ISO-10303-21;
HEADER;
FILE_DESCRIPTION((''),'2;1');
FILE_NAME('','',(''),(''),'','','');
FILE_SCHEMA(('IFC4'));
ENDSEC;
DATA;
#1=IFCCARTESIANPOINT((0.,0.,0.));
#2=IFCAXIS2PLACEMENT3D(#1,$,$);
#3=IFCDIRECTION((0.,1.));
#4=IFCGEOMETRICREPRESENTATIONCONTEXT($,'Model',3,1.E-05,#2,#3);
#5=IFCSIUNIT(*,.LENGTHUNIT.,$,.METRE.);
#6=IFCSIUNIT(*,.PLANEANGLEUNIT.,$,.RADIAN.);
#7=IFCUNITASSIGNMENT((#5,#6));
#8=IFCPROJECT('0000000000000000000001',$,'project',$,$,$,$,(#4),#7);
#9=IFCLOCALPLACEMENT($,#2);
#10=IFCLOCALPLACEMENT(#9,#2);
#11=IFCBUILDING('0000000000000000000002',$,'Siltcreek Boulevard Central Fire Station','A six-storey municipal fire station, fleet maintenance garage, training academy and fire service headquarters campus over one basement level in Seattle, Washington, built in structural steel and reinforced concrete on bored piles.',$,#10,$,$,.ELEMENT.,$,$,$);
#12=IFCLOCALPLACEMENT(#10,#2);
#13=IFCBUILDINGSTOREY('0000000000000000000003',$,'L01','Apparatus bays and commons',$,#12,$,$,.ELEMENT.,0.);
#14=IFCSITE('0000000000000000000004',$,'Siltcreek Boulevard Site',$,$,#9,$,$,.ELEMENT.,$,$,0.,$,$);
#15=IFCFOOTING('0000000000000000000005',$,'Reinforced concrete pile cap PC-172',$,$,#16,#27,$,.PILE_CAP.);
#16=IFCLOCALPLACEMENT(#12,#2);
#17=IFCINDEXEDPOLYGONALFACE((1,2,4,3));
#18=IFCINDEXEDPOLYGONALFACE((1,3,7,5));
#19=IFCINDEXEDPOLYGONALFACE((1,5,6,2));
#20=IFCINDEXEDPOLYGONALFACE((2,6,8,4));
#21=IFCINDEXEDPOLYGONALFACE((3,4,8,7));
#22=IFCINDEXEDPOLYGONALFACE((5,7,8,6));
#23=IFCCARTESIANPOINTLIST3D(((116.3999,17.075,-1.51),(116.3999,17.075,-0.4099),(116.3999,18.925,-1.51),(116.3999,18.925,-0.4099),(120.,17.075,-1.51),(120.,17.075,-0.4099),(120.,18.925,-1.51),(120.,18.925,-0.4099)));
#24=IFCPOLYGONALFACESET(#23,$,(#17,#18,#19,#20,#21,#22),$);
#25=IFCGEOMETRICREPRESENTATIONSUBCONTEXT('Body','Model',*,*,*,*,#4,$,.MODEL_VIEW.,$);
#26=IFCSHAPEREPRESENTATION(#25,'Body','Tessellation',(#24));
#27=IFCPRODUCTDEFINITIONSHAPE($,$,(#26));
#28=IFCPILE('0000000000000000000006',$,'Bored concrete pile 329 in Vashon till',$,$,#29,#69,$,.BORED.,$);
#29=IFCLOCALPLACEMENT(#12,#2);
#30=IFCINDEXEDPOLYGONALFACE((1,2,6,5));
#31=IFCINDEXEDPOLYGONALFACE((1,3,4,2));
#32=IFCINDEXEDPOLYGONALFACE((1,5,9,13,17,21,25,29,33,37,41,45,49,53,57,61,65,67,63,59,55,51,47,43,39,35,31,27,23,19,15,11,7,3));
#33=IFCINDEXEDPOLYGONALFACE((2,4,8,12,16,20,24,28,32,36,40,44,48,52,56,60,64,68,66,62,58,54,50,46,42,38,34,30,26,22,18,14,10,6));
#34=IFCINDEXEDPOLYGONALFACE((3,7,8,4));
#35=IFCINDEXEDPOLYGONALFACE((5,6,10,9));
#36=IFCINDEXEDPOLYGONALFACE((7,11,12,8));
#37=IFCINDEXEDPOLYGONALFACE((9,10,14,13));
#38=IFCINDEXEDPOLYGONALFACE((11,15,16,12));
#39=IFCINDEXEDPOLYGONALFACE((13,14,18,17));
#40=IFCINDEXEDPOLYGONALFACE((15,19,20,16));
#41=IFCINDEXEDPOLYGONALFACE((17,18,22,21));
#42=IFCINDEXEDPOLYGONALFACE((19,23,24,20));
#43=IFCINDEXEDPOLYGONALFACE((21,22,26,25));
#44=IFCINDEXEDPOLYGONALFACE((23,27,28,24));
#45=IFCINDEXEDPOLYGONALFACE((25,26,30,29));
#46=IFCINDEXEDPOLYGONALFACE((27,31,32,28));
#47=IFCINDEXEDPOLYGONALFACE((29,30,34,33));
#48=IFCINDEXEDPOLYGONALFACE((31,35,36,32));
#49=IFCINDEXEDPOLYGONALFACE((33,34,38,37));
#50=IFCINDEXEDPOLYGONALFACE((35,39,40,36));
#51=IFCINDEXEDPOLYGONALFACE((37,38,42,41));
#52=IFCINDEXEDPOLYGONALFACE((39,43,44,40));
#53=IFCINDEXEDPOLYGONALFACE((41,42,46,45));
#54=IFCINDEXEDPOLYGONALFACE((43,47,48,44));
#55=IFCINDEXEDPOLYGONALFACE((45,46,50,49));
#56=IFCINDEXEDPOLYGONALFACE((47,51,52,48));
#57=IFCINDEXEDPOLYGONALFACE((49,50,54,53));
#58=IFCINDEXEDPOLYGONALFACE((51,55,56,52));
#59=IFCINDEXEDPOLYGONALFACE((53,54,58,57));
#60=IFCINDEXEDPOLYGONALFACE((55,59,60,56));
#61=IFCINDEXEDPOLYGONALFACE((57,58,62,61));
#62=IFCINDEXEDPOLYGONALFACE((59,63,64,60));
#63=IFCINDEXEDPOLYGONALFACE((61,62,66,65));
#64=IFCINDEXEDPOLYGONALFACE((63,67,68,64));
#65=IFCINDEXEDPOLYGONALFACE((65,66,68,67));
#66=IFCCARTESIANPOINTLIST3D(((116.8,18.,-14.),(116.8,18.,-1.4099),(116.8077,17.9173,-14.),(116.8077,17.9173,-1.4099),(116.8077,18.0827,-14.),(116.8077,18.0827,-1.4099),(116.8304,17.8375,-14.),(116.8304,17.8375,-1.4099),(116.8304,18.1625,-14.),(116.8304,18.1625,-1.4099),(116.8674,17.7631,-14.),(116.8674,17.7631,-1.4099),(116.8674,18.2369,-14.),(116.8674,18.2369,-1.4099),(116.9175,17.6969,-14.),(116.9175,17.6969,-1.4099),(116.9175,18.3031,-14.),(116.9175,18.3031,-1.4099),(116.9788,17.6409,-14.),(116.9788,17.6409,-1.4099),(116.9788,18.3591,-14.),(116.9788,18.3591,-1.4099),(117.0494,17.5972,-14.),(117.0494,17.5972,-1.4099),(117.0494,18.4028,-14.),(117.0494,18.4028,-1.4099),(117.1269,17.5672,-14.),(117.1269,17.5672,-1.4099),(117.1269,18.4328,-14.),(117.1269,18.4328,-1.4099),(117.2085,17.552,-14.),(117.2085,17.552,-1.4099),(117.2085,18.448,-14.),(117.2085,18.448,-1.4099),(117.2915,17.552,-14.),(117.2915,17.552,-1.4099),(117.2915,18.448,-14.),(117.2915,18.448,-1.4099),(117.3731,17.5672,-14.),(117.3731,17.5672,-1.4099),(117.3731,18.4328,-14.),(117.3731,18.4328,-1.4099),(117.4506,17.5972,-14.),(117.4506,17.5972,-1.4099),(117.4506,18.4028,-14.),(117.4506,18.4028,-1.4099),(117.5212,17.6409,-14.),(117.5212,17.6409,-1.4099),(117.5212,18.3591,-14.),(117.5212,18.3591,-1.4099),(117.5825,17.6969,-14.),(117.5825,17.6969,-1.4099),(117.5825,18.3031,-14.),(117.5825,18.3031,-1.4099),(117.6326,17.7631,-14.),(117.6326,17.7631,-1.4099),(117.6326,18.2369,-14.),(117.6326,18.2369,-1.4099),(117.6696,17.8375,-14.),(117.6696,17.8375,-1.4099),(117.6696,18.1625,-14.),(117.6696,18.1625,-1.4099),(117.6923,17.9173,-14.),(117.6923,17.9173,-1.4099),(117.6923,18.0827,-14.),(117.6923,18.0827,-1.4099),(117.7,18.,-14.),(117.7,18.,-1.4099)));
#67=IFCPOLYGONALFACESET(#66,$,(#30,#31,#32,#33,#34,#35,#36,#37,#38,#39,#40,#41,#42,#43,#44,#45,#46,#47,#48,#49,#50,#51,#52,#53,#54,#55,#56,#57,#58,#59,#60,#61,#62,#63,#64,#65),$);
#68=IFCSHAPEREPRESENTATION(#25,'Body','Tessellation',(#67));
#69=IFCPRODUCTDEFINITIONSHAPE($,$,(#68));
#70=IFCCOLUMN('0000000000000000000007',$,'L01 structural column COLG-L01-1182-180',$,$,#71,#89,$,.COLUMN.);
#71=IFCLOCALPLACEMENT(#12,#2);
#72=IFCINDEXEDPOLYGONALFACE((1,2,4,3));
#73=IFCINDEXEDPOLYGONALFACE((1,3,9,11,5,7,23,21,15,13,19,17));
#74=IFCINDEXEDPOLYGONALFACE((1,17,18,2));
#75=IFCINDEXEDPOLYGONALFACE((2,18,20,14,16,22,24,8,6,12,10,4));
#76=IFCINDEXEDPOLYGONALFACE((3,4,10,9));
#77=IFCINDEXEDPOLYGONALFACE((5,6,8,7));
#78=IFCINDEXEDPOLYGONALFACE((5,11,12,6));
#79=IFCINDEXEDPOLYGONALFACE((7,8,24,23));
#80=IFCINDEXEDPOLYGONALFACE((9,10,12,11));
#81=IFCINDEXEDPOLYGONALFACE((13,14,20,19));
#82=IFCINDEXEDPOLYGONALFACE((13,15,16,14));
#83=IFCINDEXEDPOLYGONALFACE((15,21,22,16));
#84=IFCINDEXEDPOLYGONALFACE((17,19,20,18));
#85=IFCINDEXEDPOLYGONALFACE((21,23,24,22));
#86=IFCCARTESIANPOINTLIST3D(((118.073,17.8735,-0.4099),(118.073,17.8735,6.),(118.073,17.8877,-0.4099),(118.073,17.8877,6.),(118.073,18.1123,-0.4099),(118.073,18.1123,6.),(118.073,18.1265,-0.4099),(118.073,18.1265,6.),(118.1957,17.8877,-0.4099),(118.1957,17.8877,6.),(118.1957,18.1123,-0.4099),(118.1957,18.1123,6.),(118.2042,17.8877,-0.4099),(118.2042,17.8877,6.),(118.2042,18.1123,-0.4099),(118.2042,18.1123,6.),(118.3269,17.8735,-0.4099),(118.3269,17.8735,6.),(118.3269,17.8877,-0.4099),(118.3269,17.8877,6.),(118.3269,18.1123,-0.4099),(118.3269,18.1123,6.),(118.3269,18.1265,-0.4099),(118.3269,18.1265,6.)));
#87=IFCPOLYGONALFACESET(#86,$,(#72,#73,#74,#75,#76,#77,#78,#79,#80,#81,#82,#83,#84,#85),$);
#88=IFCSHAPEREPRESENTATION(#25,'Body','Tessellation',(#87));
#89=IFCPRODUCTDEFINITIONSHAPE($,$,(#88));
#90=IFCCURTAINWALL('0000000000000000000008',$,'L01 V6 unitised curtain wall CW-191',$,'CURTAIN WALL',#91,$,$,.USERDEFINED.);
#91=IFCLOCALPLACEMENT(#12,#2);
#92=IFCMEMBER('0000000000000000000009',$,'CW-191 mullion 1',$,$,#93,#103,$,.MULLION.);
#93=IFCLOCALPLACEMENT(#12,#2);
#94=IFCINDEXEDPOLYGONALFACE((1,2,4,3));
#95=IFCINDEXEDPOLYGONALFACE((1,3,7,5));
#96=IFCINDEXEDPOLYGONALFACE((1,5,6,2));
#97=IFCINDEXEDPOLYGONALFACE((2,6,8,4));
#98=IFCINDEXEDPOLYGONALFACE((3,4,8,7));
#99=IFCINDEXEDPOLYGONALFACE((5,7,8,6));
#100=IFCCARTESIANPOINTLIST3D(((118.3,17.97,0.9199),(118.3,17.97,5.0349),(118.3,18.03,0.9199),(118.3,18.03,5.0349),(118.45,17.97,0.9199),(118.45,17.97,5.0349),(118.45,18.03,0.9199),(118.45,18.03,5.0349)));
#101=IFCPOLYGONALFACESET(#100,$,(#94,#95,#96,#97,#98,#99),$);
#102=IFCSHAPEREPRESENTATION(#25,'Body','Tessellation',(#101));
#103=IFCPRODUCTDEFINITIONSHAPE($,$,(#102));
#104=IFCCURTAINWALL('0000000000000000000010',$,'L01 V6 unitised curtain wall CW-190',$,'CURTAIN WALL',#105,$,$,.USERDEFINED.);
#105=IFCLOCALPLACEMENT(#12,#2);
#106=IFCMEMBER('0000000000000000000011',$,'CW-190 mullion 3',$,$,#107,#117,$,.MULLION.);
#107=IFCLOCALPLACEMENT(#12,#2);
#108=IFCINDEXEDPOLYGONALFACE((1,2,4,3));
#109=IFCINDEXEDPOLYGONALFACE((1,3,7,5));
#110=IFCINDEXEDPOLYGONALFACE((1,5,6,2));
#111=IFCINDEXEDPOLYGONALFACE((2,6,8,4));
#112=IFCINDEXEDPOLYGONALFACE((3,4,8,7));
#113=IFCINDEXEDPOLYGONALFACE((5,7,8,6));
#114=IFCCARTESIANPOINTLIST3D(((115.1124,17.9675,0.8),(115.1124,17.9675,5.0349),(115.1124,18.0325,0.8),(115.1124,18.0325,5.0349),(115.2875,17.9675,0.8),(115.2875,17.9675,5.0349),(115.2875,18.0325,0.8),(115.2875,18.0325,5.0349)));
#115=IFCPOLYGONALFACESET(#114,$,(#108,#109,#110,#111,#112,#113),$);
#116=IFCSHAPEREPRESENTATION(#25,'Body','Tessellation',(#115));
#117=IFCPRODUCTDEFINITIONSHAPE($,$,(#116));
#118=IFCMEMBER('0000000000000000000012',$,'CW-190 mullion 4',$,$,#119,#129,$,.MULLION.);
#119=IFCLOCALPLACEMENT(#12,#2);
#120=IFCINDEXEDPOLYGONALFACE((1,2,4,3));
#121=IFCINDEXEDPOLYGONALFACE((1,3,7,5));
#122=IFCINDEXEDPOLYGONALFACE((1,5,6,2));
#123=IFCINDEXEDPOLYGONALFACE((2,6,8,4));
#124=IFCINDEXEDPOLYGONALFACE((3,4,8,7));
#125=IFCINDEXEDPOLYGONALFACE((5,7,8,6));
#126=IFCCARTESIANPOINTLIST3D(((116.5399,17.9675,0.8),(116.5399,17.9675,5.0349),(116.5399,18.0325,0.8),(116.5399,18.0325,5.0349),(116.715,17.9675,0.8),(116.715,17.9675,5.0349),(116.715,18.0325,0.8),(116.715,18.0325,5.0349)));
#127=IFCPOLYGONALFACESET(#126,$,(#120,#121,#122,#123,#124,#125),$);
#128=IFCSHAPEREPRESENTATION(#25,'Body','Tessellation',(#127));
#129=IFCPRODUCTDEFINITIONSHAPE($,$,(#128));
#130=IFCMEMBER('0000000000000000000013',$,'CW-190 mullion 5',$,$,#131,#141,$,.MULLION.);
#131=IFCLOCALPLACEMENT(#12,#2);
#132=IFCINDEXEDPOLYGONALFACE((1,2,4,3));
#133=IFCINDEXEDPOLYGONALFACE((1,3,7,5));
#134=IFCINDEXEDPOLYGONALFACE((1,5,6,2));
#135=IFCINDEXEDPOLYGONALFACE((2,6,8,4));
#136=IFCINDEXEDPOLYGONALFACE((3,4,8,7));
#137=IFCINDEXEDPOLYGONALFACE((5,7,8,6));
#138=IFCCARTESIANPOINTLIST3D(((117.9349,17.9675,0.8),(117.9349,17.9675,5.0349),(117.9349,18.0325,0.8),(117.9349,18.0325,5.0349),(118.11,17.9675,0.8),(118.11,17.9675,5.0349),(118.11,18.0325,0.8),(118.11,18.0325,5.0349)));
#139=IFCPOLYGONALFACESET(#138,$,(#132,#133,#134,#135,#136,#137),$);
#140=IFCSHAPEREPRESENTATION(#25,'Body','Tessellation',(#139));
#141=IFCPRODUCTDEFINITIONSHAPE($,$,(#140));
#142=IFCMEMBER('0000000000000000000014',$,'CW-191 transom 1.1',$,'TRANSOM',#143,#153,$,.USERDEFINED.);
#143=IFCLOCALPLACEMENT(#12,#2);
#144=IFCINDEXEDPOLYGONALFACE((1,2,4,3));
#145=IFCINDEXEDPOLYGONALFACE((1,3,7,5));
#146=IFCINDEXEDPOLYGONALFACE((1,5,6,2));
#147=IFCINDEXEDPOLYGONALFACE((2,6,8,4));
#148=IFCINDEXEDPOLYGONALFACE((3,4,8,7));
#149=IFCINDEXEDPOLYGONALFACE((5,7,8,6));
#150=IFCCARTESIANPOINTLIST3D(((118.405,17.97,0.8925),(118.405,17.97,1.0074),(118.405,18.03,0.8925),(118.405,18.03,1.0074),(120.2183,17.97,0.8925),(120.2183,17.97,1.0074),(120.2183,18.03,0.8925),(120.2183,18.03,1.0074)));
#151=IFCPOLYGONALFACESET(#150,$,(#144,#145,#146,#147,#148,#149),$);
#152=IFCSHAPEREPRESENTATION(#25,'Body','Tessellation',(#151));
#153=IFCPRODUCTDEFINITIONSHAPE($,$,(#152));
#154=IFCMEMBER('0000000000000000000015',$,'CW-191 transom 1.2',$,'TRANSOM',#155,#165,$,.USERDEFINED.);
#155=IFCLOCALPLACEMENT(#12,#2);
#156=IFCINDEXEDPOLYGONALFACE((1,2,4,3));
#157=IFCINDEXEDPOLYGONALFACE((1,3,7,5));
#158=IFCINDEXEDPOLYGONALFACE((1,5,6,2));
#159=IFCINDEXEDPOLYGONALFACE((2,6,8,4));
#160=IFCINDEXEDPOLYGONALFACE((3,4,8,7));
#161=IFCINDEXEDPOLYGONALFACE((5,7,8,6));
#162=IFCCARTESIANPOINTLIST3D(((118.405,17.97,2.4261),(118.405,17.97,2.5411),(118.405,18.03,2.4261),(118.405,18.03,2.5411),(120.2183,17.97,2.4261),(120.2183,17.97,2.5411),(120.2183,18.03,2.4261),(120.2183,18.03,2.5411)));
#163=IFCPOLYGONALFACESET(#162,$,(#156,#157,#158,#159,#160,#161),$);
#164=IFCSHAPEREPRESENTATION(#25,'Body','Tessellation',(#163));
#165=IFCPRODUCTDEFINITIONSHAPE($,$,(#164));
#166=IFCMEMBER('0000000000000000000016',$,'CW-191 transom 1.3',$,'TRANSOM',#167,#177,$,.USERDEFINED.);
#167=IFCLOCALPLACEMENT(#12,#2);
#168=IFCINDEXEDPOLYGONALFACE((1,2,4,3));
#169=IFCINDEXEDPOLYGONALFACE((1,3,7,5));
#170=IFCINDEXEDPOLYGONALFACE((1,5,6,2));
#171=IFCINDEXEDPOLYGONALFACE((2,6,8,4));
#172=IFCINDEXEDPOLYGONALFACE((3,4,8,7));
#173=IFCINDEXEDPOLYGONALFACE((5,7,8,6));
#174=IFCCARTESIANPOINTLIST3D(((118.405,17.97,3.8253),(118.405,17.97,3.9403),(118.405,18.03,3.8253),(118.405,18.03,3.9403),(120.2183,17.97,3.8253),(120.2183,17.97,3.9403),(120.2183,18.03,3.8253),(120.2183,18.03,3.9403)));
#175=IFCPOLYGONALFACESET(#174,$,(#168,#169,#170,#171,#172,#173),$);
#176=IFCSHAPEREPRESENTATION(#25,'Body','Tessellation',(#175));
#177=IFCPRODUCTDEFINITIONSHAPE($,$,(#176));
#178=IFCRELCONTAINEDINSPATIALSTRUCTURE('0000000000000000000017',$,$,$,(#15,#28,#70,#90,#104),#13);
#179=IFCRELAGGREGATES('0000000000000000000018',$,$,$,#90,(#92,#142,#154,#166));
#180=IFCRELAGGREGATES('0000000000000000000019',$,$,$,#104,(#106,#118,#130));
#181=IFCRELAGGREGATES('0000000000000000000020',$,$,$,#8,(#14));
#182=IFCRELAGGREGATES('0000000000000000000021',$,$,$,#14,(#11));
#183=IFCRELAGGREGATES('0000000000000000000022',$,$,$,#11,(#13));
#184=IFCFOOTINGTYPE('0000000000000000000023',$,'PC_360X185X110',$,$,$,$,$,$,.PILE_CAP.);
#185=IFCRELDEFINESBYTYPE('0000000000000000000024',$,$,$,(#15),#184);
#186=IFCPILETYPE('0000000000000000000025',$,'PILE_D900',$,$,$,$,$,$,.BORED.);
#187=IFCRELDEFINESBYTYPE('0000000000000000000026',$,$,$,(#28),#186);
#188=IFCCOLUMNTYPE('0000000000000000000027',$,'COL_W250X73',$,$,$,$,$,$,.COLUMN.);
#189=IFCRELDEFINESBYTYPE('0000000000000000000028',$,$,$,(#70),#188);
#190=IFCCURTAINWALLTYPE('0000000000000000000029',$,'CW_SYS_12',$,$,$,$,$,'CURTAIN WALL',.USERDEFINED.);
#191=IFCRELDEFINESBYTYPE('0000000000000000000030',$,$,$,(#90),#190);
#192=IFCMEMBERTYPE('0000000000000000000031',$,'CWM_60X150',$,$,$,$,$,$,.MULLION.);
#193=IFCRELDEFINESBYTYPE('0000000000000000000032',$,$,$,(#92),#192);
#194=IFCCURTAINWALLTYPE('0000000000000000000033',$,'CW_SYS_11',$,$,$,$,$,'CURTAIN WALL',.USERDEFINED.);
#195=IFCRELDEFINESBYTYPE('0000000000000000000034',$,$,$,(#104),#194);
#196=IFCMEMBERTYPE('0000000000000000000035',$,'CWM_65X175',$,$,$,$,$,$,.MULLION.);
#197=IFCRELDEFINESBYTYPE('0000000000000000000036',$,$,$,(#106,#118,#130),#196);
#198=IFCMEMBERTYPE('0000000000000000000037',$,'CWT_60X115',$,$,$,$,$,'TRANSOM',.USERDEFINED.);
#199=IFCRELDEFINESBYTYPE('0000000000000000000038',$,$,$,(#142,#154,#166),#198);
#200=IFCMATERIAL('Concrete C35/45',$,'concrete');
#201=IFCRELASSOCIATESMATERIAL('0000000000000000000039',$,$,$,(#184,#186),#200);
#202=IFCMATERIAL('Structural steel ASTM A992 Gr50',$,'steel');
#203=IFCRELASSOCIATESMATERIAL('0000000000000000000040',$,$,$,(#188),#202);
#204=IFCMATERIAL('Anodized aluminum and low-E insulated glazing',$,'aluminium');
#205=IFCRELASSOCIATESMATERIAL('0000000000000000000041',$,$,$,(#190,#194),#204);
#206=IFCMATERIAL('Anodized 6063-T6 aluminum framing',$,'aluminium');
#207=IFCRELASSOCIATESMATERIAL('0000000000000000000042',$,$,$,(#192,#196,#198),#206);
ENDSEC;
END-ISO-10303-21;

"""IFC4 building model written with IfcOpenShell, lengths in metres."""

from ifc_helpers import new_model, si_unit, direction, frame, origin, origin_2d, place, context, subcontext, project, spatial, rectangle, circle, i_section, extrude, material, material_profile, profile_set, type_object, element, aggregate, save


model = new_model("IFC4")

# Units and contexts
model_context = context("Model", 3, precision=1e-05, world=origin(), true_north=direction((0.0, 1.0)))
body_context = subcontext(model_context, "Body", "Model", "MODEL_VIEW")
ifc_project = project(units=[si_unit("LENGTHUNIT", "METRE"), si_unit("PLANEANGLEUNIT", "RADIAN")], contexts=[model_context])

# Site, building, storey
site_placement = place(None, origin())
site = spatial("IfcSite", under=ifc_project, at=site_placement, Name="Siltcreek Boulevard Site", CompositionType="ELEMENT", RefElevation=0.0)
building_placement = place(site_placement, origin())
building = spatial("IfcBuilding", under=site, at=building_placement, Name="Siltcreek Boulevard Central Fire Station", Description="A six-storey municipal fire station, fleet maintenance garage, training academy and fire service headquarters campus over one basement level in Seattle, Washington, built in structural steel and reinforced concrete on bored piles.", CompositionType="ELEMENT")
storey_placement = place(building_placement, origin())
storey = spatial("IfcBuildingStorey", under=building, at=storey_placement, Name="L01", Description="Apparatus bays and commons", CompositionType="ELEMENT", Elevation=0.0)

# Footing
ifc_material_1 = material(Name="Concrete C35/45", Category="concrete")
footing_type = type_object("IfcFootingType", Name="PC_360X185X110", PredefinedType="PILE_CAP", material=ifc_material_1)
footing_placement = place(storey_placement, frame((118.2, 18.0, -1.51), z_axis=(0.0, 0.0, 1.0), x_axis=(1.0, 0.0, 0.0)))
element("IfcFooting", 1, at=footing_placement, inside=storey, type_object=footing_type, Name="Reinforced concrete pile cap PC-172", PredefinedType="PILE_CAP", context=body_context, shape_type="SweptSolid", body=[
    extrude(rectangle(XDim=3.6001, YDim=1.8501, at=origin_2d()), origin(), (0.0, 0.0, 1.0), 1.1001),
])

# Pile
ifc_material_profile_1 = material_profile(ifc_material_1, circle(Radius=0.45, at=origin_2d()), Name="SHAFT900")
ifc_profile_set_1 = profile_set([ifc_material_profile_1], Name="Concrete C35/45")
pile_type = type_object("IfcPileType", Name="PILE_D900", PredefinedType="BORED", material=ifc_profile_set_1)
pile_placement = place(storey_placement, frame((117.25, 18.0, -1.4099), z_axis=(0.0, 0.0, -1.0), x_axis=(1.0, 0.0, 0.0)))
element("IfcPile", 2, at=pile_placement, inside=storey, type_object=pile_type, Name="Bored concrete pile 329 in Vashon till", PredefinedType="BORED", context=body_context, shape_type="SweptSolid", body=[
    extrude(circle(Radius=0.45, at=origin_2d()), origin(), (0.0, 0.0, 1.0), 12.5901),
])

# Column
ifc_material_2 = material(Name="Structural steel ASTM A992 Gr50", Category="steel")
ifc_material_profile_2 = material_profile(ifc_material_2, i_section(OverallWidth=0.2539, OverallDepth=0.2529, WebThickness=0.0085, FlangeThickness=0.0142, at=origin_2d()), Name="W250X73")
ifc_profile_set_2 = profile_set([ifc_material_profile_2], Name="Structural steel ASTM A992 Gr50")
column_type = type_object("IfcColumnType", Name="COL_W250X73", PredefinedType="COLUMN", material=ifc_profile_set_2)
column_placement = place(storey_placement, frame((118.2, 18.0, -0.4099), z_axis=(0.0, 0.0, 1.0), x_axis=(1.0, 0.0, 0.0)))
element("IfcColumn", 3, at=column_placement, inside=storey, type_object=column_type, Name="L01 structural column COLG-L01-1182-180", PredefinedType="COLUMN", context=body_context, shape_type="SweptSolid", body=[
    extrude(i_section(OverallWidth=0.2539, OverallDepth=0.2529, WebThickness=0.0085, FlangeThickness=0.0142, at=origin_2d()), origin(), (0.0, 0.0, 1.0), 6.4099),
])

# Curtain wall, member
ifc_material_3 = material(Name="Anodized aluminum and low-E insulated glazing", Category="aluminium")
curtain_wall_type_1 = type_object("IfcCurtainWallType", Name="CW_SYS_12", ElementType="CURTAIN WALL", PredefinedType="USERDEFINED", material=ifc_material_3)
curtain_wall_1_placement = place(storey_placement, origin())
curtain_wall_1 = element("IfcCurtainWall", 4, at=curtain_wall_1_placement, inside=storey, type_object=curtain_wall_type_1, Name="L01 V6 unitised curtain wall CW-191", ObjectType="CURTAIN WALL", PredefinedType="USERDEFINED")
ifc_material_4 = material(Name="Anodized 6063-T6 aluminum framing", Category="aluminium")
ifc_material_profile_3 = material_profile(ifc_material_4, rectangle(XDim=0.0601, YDim=0.1499, at=origin_2d()), Name="MULL60X150")
ifc_profile_set_3 = profile_set([ifc_material_profile_3], Name="Anodized 6063-T6 aluminum framing")
member_type_1 = type_object("IfcMemberType", Name="CWM_60X150", PredefinedType="MULLION", material=ifc_profile_set_3)
member_1_placement = place(storey_placement, frame((118.375, 18.0, 0.9199), z_axis=(0.0, 0.0, 1.0), x_axis=(0.0, 1.0, 0.0)))
member_1 = element("IfcMember", 5, at=member_1_placement, type_object=member_type_1, Name="CW-191 mullion 1", PredefinedType="MULLION", context=body_context, shape_type="SweptSolid", body=[
    extrude(rectangle(XDim=0.0601, YDim=0.1499, at=origin_2d()), origin(), (0.0, 0.0, 1.0), 4.115),
])

# Curtain wall, members
curtain_wall_type_2 = type_object("IfcCurtainWallType", Name="CW_SYS_11", ElementType="CURTAIN WALL", PredefinedType="USERDEFINED", material=ifc_material_3)
curtain_wall_2_placement = place(storey_placement, origin())
curtain_wall_2 = element("IfcCurtainWall", 6, at=curtain_wall_2_placement, inside=storey, type_object=curtain_wall_type_2, Name="L01 V6 unitised curtain wall CW-190", ObjectType="CURTAIN WALL", PredefinedType="USERDEFINED")
ifc_material_profile_4 = material_profile(ifc_material_4, rectangle(XDim=0.0649, YDim=0.175, at=origin_2d()), Name="MULL65X175")
ifc_profile_set_4 = profile_set([ifc_material_profile_4], Name="Anodized 6063-T6 aluminum framing")
member_type_2 = type_object("IfcMemberType", Name="CWM_65X175", PredefinedType="MULLION", material=ifc_profile_set_4)
member_2_placement = place(storey_placement, frame((115.2, 18.0, 0.8), z_axis=(0.0, 0.0, 1.0), x_axis=(0.0, 1.0, 0.0)))
member_2 = element("IfcMember", 7, at=member_2_placement, type_object=member_type_2, Name="CW-190 mullion 3", PredefinedType="MULLION", context=body_context, shape_type="SweptSolid", body=[
    extrude(rectangle(XDim=0.0649, YDim=0.175, at=origin_2d()), origin(), (0.0, 0.0, 1.0), 4.2349),
])
member_3_placement = place(storey_placement, frame((116.6274, 18.0, 0.8), z_axis=(0.0, 0.0, 1.0), x_axis=(0.0, 1.0, 0.0)))
member_3 = element("IfcMember", 8, at=member_3_placement, type_object=member_type_2, Name="CW-190 mullion 4", PredefinedType="MULLION", context=body_context, shape_type="SweptSolid", body=[
    extrude(rectangle(XDim=0.0649, YDim=0.175, at=origin_2d()), origin(), (0.0, 0.0, 1.0), 4.2349),
])
member_4_placement = place(storey_placement, frame((118.0225, 18.0, 0.8), z_axis=(0.0, 0.0, 1.0), x_axis=(0.0, 1.0, 0.0)))
member_4 = element("IfcMember", 9, at=member_4_placement, type_object=member_type_2, Name="CW-190 mullion 5", PredefinedType="MULLION", context=body_context, shape_type="SweptSolid", body=[
    extrude(rectangle(XDim=0.0649, YDim=0.175, at=origin_2d()), origin(), (0.0, 0.0, 1.0), 4.2349),
])

# Members
ifc_material_profile_5 = material_profile(ifc_material_4, rectangle(XDim=0.0601, YDim=0.115, at=origin_2d()), Name="TRAN60X115")
ifc_profile_set_5 = profile_set([ifc_material_profile_5], Name="Anodized 6063-T6 aluminum framing")
member_type_3 = type_object("IfcMemberType", Name="CWT_60X115", ElementType="TRANSOM", PredefinedType="USERDEFINED", material=ifc_profile_set_5)
member_5_placement = place(storey_placement, frame((118.405, 18.0, 0.95), z_axis=(1.0, 0.0, 0.0), x_axis=(0.0, 1.0, 0.0)))
member_5 = element("IfcMember", 10, at=member_5_placement, type_object=member_type_3, Name="CW-191 transom 1.1", ObjectType="TRANSOM", PredefinedType="USERDEFINED", context=body_context, shape_type="SweptSolid", body=[
    extrude(rectangle(XDim=0.0601, YDim=0.115, at=origin_2d()), origin(), (0.0, 0.0, 1.0), 1.8132),
])
member_6_placement = place(storey_placement, frame((118.405, 18.0, 2.4836), z_axis=(1.0, 0.0, 0.0), x_axis=(0.0, 1.0, 0.0)))
member_6 = element("IfcMember", 11, at=member_6_placement, type_object=member_type_3, Name="CW-191 transom 1.2", ObjectType="TRANSOM", PredefinedType="USERDEFINED", context=body_context, shape_type="SweptSolid", body=[
    extrude(rectangle(XDim=0.0601, YDim=0.115, at=origin_2d()), origin(), (0.0, 0.0, 1.0), 1.8132),
])
member_7_placement = place(storey_placement, frame((118.405, 18.0, 3.8828), z_axis=(1.0, 0.0, 0.0), x_axis=(0.0, 1.0, 0.0)))
member_7 = element("IfcMember", 12, at=member_7_placement, type_object=member_type_3, Name="CW-191 transom 1.3", ObjectType="TRANSOM", PredefinedType="USERDEFINED", context=body_context, shape_type="SweptSolid", body=[
    extrude(rectangle(XDim=0.0601, YDim=0.115, at=origin_2d()), origin(), (0.0, 0.0, 1.0), 1.8132),
])
aggregate(curtain_wall_1, [member_1, member_5, member_6, member_7])

aggregate(curtain_wall_2, [member_2, member_3, member_4])

save(model, "model.ifc")
